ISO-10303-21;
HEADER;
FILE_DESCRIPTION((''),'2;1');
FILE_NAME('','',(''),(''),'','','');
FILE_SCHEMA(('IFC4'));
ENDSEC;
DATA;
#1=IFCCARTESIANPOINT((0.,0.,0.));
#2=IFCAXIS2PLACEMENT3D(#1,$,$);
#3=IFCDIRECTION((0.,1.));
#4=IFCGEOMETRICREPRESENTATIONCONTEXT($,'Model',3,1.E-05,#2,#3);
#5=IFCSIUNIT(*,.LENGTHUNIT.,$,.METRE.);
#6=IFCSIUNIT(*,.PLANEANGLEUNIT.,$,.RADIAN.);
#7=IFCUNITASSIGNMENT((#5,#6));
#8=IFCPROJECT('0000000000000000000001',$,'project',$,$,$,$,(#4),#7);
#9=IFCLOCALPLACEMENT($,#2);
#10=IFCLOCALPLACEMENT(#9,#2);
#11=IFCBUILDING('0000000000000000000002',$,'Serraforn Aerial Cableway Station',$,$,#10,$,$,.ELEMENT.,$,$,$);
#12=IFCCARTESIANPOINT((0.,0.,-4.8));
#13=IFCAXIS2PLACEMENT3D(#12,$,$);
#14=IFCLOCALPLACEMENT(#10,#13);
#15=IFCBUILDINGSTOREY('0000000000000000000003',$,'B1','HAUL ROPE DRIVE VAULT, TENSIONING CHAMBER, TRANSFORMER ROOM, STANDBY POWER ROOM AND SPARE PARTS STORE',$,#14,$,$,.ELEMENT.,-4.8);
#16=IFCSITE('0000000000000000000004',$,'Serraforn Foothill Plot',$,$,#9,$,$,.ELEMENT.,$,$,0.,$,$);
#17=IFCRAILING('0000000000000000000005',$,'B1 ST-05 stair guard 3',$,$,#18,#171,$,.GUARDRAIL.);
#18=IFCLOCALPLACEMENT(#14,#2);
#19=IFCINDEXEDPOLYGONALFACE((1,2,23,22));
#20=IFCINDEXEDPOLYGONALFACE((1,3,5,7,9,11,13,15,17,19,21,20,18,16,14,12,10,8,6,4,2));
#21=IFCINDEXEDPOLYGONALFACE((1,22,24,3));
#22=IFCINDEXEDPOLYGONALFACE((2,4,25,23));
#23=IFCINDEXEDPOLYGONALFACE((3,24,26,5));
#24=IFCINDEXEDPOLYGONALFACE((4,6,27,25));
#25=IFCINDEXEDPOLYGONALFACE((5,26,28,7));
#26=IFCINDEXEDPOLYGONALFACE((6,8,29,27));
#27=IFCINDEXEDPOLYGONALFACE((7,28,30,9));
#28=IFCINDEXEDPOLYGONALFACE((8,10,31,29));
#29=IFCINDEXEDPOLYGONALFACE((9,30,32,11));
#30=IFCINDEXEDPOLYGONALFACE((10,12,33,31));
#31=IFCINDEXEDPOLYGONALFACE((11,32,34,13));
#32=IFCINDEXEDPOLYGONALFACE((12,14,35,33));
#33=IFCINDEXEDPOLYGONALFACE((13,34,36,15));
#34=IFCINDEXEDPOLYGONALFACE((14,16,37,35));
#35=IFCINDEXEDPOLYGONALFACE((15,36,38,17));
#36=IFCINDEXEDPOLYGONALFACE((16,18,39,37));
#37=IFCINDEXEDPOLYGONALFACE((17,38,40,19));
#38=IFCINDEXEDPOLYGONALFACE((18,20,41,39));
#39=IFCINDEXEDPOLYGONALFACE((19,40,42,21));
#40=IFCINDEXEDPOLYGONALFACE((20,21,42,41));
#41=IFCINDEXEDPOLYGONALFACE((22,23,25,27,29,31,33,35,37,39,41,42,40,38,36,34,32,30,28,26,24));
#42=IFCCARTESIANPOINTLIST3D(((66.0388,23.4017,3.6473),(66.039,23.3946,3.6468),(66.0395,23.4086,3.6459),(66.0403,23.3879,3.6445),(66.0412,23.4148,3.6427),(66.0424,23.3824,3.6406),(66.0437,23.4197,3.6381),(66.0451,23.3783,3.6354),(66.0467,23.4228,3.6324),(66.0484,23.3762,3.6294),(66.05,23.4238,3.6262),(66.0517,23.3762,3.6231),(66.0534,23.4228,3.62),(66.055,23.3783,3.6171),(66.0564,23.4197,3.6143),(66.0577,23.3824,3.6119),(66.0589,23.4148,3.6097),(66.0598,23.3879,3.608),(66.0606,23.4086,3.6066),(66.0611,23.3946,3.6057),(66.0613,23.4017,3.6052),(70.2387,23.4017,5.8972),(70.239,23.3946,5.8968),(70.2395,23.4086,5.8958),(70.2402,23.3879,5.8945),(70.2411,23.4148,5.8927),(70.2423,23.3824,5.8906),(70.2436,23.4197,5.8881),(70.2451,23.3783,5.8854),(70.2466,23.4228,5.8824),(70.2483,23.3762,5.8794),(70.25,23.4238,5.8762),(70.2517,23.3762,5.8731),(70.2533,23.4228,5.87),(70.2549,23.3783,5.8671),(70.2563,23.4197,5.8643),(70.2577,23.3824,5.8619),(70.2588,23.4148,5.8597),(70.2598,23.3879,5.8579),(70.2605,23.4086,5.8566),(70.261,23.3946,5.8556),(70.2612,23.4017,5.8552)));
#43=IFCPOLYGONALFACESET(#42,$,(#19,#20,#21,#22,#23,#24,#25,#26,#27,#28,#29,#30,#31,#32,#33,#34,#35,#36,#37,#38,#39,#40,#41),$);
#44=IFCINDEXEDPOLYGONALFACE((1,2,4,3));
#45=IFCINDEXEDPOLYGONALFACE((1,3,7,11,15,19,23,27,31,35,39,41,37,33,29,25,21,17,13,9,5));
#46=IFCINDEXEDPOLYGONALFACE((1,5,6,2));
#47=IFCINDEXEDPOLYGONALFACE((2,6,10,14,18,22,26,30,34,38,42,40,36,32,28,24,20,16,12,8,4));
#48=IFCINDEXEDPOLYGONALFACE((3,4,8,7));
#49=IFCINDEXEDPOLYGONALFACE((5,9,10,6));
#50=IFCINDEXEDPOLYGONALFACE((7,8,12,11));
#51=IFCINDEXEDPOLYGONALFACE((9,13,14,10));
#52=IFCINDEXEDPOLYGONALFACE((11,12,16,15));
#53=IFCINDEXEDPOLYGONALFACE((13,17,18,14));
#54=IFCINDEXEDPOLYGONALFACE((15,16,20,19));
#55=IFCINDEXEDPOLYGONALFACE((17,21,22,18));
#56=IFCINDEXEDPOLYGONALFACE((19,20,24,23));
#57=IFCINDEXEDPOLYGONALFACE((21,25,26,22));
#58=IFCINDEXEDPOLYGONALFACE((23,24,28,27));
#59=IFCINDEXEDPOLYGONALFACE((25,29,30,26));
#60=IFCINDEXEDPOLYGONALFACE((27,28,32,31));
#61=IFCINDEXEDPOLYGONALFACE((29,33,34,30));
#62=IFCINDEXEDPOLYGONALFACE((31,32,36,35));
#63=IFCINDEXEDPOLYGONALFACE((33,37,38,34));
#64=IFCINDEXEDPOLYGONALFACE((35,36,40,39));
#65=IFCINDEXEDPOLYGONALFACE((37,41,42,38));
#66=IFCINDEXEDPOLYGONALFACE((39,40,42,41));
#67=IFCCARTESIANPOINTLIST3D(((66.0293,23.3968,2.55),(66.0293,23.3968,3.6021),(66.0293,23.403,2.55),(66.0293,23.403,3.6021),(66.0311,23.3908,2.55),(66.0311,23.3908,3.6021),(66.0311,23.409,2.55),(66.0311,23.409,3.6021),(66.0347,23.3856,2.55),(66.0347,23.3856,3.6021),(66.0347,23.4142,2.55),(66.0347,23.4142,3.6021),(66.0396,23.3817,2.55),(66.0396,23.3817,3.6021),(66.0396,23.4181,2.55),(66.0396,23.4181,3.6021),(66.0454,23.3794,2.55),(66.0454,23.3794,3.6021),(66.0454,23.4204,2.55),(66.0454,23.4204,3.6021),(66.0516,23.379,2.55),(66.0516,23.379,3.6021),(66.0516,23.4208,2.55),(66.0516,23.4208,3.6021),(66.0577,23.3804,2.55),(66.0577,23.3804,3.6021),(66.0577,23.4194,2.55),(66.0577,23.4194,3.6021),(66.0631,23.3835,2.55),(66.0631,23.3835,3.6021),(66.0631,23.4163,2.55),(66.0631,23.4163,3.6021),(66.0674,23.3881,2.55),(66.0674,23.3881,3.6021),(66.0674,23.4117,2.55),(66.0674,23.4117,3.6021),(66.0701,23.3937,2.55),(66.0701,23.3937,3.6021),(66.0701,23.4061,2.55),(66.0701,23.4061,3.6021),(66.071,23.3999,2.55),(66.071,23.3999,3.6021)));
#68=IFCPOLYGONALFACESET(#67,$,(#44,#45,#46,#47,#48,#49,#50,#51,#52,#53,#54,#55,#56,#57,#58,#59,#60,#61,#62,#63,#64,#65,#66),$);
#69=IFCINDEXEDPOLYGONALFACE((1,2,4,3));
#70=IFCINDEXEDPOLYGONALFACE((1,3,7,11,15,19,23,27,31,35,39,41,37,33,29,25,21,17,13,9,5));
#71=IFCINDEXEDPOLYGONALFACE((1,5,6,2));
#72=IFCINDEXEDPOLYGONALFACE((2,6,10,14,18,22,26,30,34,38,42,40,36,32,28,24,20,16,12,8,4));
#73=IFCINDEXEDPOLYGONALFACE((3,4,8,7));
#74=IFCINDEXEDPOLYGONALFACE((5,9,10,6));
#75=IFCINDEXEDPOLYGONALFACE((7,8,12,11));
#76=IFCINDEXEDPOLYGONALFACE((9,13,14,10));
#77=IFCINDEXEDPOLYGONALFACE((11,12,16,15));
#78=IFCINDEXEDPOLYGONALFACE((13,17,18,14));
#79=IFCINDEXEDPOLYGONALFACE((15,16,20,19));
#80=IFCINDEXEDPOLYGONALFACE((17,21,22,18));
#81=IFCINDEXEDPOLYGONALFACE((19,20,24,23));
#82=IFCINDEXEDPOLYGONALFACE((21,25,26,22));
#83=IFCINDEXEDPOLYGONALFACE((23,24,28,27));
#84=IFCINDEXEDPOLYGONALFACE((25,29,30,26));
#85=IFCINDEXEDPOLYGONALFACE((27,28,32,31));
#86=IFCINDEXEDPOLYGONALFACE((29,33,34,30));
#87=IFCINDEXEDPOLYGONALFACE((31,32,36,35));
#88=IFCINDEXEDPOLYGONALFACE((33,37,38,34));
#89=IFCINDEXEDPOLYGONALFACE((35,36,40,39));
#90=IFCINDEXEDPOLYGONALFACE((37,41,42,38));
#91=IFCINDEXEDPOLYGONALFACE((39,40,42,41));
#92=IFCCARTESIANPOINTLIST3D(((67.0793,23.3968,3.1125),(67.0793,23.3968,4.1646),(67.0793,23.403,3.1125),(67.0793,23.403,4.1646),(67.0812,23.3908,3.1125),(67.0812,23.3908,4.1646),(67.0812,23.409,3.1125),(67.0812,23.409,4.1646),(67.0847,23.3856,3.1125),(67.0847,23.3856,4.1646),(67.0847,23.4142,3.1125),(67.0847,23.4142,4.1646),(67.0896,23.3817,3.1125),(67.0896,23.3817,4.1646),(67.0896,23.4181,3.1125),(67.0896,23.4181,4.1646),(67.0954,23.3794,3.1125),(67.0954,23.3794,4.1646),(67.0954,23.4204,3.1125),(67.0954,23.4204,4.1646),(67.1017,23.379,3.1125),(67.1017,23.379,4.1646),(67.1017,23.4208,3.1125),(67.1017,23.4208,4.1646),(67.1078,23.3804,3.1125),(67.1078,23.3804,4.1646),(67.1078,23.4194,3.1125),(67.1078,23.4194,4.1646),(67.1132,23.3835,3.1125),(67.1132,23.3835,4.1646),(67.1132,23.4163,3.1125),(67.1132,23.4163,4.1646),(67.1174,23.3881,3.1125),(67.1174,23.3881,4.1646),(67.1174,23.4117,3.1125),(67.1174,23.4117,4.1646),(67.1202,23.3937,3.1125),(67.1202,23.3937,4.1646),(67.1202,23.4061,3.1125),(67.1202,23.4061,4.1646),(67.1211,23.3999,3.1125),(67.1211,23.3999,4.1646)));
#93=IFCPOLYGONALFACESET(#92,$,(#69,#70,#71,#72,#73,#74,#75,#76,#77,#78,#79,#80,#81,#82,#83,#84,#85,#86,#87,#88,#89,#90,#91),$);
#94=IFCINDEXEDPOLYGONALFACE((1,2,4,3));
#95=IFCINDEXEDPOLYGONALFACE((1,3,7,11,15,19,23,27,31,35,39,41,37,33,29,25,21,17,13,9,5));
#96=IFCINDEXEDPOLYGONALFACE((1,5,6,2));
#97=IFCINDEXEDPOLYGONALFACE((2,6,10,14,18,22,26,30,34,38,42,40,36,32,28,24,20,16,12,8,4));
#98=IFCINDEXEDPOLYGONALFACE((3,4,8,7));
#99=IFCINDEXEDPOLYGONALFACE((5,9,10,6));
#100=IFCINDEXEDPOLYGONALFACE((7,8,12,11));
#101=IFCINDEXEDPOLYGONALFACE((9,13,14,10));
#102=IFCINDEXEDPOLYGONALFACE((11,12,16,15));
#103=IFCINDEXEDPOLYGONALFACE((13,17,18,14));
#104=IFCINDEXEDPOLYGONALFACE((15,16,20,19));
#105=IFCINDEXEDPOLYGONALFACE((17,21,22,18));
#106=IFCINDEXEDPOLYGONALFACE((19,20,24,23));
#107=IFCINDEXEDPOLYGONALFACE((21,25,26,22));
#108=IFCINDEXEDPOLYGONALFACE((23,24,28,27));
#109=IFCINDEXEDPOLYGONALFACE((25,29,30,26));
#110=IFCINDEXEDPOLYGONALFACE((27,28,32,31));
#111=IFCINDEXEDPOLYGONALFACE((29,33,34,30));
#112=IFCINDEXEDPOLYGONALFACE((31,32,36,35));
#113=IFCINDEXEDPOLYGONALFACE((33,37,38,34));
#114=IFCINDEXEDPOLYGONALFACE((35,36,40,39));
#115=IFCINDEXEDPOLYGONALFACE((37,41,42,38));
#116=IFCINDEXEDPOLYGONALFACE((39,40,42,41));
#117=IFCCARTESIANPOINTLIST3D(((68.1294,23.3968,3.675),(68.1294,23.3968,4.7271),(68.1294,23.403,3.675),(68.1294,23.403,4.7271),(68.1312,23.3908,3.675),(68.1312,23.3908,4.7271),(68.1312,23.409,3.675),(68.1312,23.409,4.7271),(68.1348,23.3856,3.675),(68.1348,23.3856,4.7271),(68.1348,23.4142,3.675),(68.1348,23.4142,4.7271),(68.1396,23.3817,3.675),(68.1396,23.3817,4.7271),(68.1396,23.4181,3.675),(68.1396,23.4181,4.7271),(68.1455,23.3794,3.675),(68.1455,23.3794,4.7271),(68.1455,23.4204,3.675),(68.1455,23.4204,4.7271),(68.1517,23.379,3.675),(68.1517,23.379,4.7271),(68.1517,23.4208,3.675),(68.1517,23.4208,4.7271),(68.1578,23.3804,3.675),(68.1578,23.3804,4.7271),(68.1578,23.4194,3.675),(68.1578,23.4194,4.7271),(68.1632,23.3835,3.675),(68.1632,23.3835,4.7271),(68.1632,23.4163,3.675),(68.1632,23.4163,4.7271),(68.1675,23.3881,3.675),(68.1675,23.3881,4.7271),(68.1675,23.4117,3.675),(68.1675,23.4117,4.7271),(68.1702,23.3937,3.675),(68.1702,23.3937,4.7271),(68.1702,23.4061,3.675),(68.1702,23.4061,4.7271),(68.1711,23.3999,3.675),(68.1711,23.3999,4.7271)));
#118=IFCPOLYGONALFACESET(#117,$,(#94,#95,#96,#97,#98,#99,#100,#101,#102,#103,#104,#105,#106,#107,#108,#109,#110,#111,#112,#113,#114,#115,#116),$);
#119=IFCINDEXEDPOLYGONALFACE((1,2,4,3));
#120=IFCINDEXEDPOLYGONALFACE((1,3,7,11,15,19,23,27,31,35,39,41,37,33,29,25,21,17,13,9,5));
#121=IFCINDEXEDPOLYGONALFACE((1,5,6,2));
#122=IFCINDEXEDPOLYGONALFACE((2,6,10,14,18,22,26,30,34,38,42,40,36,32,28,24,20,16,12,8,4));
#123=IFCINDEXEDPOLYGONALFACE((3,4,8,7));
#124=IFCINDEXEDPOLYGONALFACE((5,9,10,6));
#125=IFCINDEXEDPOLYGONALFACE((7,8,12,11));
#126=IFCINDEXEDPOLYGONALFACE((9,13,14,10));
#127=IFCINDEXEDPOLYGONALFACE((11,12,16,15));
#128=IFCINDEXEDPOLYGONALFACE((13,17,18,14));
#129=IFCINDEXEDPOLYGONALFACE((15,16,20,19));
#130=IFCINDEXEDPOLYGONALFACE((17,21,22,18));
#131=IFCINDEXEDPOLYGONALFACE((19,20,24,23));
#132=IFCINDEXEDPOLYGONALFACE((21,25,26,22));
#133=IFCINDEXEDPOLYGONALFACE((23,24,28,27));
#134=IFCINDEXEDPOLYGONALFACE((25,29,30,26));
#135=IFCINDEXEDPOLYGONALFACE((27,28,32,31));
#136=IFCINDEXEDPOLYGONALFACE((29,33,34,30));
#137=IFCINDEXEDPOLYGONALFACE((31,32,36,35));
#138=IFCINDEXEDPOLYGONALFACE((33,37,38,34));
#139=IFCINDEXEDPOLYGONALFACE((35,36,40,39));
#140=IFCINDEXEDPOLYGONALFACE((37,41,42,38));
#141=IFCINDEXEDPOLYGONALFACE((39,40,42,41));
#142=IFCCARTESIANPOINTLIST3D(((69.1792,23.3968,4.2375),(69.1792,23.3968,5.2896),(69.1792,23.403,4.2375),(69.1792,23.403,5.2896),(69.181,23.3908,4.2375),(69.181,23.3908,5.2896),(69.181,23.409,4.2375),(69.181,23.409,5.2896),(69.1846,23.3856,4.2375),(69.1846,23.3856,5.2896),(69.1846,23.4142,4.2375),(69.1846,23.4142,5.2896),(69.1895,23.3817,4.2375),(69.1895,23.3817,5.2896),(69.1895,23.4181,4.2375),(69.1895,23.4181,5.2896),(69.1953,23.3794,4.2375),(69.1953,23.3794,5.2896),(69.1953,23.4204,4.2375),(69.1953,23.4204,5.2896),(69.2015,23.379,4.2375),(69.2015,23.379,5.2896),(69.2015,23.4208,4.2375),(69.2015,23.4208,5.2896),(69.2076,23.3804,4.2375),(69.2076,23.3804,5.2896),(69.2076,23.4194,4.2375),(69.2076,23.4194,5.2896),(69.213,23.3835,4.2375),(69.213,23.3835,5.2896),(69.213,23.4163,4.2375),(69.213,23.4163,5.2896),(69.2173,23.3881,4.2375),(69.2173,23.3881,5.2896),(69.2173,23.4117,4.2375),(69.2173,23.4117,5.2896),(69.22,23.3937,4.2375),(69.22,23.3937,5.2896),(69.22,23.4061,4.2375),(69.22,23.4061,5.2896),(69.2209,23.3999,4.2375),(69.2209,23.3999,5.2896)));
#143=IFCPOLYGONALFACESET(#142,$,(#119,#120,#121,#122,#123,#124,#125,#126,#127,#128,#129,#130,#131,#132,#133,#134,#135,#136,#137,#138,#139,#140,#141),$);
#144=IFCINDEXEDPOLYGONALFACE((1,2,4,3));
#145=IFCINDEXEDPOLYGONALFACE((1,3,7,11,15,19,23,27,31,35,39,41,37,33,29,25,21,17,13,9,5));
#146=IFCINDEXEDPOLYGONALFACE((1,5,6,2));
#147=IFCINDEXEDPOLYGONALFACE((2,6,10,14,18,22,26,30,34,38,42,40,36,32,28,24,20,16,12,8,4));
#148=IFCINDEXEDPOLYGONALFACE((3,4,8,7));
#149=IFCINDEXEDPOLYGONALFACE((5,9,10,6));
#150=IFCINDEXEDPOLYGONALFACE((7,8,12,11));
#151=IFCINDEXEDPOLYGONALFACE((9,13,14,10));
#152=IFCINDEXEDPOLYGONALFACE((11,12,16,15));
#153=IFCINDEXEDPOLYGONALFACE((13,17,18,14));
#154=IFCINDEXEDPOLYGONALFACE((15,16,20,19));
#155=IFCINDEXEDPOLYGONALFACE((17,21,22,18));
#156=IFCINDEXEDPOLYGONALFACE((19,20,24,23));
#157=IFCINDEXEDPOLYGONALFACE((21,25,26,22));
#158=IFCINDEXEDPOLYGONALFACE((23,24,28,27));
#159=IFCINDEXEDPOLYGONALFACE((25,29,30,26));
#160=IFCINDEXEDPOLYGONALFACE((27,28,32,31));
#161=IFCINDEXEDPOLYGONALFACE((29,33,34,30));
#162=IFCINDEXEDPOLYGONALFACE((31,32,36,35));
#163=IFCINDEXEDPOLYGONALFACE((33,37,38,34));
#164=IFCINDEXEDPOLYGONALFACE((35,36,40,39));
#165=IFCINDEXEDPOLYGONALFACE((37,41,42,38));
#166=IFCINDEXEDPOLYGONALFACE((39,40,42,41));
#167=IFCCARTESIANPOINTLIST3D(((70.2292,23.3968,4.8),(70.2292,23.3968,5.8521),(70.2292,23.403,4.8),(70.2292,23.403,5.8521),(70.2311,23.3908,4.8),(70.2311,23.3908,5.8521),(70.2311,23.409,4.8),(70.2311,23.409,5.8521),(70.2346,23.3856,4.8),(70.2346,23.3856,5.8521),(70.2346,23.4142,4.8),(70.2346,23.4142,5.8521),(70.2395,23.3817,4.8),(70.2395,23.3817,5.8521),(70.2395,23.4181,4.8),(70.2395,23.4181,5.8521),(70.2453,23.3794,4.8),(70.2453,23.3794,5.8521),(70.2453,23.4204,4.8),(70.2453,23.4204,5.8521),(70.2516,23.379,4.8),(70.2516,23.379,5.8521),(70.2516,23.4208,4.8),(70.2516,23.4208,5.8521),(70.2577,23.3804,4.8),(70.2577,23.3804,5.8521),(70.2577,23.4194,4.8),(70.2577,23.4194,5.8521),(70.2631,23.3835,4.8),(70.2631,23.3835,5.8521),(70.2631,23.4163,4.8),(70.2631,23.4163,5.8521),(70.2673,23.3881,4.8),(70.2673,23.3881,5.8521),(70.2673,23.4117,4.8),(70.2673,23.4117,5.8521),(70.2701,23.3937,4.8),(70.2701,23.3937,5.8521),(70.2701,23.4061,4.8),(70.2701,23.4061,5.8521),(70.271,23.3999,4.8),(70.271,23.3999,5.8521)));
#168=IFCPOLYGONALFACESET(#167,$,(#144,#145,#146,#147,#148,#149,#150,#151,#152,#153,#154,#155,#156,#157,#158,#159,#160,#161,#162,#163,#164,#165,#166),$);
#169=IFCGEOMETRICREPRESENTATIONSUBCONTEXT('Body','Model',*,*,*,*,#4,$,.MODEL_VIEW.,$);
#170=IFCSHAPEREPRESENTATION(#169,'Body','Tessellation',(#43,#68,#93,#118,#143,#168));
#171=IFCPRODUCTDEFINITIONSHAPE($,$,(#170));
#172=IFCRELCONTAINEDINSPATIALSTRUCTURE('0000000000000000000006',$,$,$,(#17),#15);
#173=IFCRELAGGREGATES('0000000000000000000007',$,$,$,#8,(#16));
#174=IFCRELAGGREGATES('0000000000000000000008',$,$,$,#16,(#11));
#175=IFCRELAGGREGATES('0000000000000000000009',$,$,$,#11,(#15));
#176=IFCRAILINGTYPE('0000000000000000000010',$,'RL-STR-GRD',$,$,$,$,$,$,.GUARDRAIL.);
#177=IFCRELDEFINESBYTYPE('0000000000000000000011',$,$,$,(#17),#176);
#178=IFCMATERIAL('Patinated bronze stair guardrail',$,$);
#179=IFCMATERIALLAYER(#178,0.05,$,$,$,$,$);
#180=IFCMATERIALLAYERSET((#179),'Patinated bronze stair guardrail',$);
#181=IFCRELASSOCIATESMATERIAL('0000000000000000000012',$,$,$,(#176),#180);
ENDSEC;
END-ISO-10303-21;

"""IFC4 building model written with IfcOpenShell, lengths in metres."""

from ifc_helpers import new_model, si_unit, direction, frame, origin, origin_2d, place, context, subcontext, project, spatial, circle, extrude, material, layer, layer_set, type_object, element, save


model = new_model("IFC4")

# Units and contexts
model_context = context("Model", 3, precision=1e-05, world=origin(), true_north=direction((0.0, 1.0)))
body_context = subcontext(model_context, "Body", "Model", "MODEL_VIEW")
ifc_project = project(units=[si_unit("LENGTHUNIT", "METRE"), si_unit("PLANEANGLEUNIT", "RADIAN")], contexts=[model_context])

# Site, building, storey
site_placement = place(None, origin())
site = spatial("IfcSite", under=ifc_project, at=site_placement, Name="Serraforn Foothill Plot", CompositionType="ELEMENT", RefElevation=0.0)
building_placement = place(site_placement, origin())
building = spatial("IfcBuilding", under=site, at=building_placement, Name="Serraforn Aerial Cableway Station", CompositionType="ELEMENT")
storey_placement = place(building_placement, frame((0.0, 0.0, -4.8)))
storey = spatial("IfcBuildingStorey", under=building, at=storey_placement, Name="B1", Description="HAUL ROPE DRIVE VAULT, TENSIONING CHAMBER, TRANSFORMER ROOM, STANDBY POWER ROOM AND SPARE PARTS STORE", CompositionType="ELEMENT", Elevation=-4.8)

# Railing
ifc_material_1 = material(Name="Patinated bronze stair guardrail")
ifc_layer_1 = layer(ifc_material_1, 0.05)
ifc_layer_set_1 = layer_set([ifc_layer_1], Name="Patinated bronze stair guardrail")
railing_type_1 = type_object("IfcRailingType", Name="RL-STR-GRD", PredefinedType="GUARDRAIL", material=ifc_layer_set_1)
railing_1_placement = place(storey_placement, frame((66.05, 23.3999, 2.55)))
element("IfcRailing", 1, at=railing_1_placement, inside=storey, type_object=railing_type_1, Name="B1 ST-05 stair guard 3", PredefinedType="GUARDRAIL", context=body_context, shape_type="SweptSolid", body=[
    extrude(circle(Radius=0.0239, at=origin_2d()), frame((0.0, 0.0, 1.0762), z_axis=(0.881478, 0.0, 0.472226), x_axis=(0.0, 1.0, 0.0)), (0.0, 0.0, 1.0), 4.7646),
    extrude(circle(Radius=0.021, at=origin_2d()), origin(), (0.0, 0.0, 1.0), 1.052),
    extrude(circle(Radius=0.021, at=origin_2d()), frame((1.05, 0.0, 0.5625)), (0.0, 0.0, 1.0), 1.052),
    extrude(circle(Radius=0.021, at=origin_2d()), frame((2.1001, 0.0, 1.125)), (0.0, 0.0, 1.0), 1.052),
    extrude(circle(Radius=0.021, at=origin_2d()), frame((3.1499, 0.0, 1.6875)), (0.0, 0.0, 1.0), 1.052),
    extrude(circle(Radius=0.021, at=origin_2d()), frame((4.2, 0.0, 2.25)), (0.0, 0.0, 1.0), 1.052),
])

save(model, "model.ifc")
